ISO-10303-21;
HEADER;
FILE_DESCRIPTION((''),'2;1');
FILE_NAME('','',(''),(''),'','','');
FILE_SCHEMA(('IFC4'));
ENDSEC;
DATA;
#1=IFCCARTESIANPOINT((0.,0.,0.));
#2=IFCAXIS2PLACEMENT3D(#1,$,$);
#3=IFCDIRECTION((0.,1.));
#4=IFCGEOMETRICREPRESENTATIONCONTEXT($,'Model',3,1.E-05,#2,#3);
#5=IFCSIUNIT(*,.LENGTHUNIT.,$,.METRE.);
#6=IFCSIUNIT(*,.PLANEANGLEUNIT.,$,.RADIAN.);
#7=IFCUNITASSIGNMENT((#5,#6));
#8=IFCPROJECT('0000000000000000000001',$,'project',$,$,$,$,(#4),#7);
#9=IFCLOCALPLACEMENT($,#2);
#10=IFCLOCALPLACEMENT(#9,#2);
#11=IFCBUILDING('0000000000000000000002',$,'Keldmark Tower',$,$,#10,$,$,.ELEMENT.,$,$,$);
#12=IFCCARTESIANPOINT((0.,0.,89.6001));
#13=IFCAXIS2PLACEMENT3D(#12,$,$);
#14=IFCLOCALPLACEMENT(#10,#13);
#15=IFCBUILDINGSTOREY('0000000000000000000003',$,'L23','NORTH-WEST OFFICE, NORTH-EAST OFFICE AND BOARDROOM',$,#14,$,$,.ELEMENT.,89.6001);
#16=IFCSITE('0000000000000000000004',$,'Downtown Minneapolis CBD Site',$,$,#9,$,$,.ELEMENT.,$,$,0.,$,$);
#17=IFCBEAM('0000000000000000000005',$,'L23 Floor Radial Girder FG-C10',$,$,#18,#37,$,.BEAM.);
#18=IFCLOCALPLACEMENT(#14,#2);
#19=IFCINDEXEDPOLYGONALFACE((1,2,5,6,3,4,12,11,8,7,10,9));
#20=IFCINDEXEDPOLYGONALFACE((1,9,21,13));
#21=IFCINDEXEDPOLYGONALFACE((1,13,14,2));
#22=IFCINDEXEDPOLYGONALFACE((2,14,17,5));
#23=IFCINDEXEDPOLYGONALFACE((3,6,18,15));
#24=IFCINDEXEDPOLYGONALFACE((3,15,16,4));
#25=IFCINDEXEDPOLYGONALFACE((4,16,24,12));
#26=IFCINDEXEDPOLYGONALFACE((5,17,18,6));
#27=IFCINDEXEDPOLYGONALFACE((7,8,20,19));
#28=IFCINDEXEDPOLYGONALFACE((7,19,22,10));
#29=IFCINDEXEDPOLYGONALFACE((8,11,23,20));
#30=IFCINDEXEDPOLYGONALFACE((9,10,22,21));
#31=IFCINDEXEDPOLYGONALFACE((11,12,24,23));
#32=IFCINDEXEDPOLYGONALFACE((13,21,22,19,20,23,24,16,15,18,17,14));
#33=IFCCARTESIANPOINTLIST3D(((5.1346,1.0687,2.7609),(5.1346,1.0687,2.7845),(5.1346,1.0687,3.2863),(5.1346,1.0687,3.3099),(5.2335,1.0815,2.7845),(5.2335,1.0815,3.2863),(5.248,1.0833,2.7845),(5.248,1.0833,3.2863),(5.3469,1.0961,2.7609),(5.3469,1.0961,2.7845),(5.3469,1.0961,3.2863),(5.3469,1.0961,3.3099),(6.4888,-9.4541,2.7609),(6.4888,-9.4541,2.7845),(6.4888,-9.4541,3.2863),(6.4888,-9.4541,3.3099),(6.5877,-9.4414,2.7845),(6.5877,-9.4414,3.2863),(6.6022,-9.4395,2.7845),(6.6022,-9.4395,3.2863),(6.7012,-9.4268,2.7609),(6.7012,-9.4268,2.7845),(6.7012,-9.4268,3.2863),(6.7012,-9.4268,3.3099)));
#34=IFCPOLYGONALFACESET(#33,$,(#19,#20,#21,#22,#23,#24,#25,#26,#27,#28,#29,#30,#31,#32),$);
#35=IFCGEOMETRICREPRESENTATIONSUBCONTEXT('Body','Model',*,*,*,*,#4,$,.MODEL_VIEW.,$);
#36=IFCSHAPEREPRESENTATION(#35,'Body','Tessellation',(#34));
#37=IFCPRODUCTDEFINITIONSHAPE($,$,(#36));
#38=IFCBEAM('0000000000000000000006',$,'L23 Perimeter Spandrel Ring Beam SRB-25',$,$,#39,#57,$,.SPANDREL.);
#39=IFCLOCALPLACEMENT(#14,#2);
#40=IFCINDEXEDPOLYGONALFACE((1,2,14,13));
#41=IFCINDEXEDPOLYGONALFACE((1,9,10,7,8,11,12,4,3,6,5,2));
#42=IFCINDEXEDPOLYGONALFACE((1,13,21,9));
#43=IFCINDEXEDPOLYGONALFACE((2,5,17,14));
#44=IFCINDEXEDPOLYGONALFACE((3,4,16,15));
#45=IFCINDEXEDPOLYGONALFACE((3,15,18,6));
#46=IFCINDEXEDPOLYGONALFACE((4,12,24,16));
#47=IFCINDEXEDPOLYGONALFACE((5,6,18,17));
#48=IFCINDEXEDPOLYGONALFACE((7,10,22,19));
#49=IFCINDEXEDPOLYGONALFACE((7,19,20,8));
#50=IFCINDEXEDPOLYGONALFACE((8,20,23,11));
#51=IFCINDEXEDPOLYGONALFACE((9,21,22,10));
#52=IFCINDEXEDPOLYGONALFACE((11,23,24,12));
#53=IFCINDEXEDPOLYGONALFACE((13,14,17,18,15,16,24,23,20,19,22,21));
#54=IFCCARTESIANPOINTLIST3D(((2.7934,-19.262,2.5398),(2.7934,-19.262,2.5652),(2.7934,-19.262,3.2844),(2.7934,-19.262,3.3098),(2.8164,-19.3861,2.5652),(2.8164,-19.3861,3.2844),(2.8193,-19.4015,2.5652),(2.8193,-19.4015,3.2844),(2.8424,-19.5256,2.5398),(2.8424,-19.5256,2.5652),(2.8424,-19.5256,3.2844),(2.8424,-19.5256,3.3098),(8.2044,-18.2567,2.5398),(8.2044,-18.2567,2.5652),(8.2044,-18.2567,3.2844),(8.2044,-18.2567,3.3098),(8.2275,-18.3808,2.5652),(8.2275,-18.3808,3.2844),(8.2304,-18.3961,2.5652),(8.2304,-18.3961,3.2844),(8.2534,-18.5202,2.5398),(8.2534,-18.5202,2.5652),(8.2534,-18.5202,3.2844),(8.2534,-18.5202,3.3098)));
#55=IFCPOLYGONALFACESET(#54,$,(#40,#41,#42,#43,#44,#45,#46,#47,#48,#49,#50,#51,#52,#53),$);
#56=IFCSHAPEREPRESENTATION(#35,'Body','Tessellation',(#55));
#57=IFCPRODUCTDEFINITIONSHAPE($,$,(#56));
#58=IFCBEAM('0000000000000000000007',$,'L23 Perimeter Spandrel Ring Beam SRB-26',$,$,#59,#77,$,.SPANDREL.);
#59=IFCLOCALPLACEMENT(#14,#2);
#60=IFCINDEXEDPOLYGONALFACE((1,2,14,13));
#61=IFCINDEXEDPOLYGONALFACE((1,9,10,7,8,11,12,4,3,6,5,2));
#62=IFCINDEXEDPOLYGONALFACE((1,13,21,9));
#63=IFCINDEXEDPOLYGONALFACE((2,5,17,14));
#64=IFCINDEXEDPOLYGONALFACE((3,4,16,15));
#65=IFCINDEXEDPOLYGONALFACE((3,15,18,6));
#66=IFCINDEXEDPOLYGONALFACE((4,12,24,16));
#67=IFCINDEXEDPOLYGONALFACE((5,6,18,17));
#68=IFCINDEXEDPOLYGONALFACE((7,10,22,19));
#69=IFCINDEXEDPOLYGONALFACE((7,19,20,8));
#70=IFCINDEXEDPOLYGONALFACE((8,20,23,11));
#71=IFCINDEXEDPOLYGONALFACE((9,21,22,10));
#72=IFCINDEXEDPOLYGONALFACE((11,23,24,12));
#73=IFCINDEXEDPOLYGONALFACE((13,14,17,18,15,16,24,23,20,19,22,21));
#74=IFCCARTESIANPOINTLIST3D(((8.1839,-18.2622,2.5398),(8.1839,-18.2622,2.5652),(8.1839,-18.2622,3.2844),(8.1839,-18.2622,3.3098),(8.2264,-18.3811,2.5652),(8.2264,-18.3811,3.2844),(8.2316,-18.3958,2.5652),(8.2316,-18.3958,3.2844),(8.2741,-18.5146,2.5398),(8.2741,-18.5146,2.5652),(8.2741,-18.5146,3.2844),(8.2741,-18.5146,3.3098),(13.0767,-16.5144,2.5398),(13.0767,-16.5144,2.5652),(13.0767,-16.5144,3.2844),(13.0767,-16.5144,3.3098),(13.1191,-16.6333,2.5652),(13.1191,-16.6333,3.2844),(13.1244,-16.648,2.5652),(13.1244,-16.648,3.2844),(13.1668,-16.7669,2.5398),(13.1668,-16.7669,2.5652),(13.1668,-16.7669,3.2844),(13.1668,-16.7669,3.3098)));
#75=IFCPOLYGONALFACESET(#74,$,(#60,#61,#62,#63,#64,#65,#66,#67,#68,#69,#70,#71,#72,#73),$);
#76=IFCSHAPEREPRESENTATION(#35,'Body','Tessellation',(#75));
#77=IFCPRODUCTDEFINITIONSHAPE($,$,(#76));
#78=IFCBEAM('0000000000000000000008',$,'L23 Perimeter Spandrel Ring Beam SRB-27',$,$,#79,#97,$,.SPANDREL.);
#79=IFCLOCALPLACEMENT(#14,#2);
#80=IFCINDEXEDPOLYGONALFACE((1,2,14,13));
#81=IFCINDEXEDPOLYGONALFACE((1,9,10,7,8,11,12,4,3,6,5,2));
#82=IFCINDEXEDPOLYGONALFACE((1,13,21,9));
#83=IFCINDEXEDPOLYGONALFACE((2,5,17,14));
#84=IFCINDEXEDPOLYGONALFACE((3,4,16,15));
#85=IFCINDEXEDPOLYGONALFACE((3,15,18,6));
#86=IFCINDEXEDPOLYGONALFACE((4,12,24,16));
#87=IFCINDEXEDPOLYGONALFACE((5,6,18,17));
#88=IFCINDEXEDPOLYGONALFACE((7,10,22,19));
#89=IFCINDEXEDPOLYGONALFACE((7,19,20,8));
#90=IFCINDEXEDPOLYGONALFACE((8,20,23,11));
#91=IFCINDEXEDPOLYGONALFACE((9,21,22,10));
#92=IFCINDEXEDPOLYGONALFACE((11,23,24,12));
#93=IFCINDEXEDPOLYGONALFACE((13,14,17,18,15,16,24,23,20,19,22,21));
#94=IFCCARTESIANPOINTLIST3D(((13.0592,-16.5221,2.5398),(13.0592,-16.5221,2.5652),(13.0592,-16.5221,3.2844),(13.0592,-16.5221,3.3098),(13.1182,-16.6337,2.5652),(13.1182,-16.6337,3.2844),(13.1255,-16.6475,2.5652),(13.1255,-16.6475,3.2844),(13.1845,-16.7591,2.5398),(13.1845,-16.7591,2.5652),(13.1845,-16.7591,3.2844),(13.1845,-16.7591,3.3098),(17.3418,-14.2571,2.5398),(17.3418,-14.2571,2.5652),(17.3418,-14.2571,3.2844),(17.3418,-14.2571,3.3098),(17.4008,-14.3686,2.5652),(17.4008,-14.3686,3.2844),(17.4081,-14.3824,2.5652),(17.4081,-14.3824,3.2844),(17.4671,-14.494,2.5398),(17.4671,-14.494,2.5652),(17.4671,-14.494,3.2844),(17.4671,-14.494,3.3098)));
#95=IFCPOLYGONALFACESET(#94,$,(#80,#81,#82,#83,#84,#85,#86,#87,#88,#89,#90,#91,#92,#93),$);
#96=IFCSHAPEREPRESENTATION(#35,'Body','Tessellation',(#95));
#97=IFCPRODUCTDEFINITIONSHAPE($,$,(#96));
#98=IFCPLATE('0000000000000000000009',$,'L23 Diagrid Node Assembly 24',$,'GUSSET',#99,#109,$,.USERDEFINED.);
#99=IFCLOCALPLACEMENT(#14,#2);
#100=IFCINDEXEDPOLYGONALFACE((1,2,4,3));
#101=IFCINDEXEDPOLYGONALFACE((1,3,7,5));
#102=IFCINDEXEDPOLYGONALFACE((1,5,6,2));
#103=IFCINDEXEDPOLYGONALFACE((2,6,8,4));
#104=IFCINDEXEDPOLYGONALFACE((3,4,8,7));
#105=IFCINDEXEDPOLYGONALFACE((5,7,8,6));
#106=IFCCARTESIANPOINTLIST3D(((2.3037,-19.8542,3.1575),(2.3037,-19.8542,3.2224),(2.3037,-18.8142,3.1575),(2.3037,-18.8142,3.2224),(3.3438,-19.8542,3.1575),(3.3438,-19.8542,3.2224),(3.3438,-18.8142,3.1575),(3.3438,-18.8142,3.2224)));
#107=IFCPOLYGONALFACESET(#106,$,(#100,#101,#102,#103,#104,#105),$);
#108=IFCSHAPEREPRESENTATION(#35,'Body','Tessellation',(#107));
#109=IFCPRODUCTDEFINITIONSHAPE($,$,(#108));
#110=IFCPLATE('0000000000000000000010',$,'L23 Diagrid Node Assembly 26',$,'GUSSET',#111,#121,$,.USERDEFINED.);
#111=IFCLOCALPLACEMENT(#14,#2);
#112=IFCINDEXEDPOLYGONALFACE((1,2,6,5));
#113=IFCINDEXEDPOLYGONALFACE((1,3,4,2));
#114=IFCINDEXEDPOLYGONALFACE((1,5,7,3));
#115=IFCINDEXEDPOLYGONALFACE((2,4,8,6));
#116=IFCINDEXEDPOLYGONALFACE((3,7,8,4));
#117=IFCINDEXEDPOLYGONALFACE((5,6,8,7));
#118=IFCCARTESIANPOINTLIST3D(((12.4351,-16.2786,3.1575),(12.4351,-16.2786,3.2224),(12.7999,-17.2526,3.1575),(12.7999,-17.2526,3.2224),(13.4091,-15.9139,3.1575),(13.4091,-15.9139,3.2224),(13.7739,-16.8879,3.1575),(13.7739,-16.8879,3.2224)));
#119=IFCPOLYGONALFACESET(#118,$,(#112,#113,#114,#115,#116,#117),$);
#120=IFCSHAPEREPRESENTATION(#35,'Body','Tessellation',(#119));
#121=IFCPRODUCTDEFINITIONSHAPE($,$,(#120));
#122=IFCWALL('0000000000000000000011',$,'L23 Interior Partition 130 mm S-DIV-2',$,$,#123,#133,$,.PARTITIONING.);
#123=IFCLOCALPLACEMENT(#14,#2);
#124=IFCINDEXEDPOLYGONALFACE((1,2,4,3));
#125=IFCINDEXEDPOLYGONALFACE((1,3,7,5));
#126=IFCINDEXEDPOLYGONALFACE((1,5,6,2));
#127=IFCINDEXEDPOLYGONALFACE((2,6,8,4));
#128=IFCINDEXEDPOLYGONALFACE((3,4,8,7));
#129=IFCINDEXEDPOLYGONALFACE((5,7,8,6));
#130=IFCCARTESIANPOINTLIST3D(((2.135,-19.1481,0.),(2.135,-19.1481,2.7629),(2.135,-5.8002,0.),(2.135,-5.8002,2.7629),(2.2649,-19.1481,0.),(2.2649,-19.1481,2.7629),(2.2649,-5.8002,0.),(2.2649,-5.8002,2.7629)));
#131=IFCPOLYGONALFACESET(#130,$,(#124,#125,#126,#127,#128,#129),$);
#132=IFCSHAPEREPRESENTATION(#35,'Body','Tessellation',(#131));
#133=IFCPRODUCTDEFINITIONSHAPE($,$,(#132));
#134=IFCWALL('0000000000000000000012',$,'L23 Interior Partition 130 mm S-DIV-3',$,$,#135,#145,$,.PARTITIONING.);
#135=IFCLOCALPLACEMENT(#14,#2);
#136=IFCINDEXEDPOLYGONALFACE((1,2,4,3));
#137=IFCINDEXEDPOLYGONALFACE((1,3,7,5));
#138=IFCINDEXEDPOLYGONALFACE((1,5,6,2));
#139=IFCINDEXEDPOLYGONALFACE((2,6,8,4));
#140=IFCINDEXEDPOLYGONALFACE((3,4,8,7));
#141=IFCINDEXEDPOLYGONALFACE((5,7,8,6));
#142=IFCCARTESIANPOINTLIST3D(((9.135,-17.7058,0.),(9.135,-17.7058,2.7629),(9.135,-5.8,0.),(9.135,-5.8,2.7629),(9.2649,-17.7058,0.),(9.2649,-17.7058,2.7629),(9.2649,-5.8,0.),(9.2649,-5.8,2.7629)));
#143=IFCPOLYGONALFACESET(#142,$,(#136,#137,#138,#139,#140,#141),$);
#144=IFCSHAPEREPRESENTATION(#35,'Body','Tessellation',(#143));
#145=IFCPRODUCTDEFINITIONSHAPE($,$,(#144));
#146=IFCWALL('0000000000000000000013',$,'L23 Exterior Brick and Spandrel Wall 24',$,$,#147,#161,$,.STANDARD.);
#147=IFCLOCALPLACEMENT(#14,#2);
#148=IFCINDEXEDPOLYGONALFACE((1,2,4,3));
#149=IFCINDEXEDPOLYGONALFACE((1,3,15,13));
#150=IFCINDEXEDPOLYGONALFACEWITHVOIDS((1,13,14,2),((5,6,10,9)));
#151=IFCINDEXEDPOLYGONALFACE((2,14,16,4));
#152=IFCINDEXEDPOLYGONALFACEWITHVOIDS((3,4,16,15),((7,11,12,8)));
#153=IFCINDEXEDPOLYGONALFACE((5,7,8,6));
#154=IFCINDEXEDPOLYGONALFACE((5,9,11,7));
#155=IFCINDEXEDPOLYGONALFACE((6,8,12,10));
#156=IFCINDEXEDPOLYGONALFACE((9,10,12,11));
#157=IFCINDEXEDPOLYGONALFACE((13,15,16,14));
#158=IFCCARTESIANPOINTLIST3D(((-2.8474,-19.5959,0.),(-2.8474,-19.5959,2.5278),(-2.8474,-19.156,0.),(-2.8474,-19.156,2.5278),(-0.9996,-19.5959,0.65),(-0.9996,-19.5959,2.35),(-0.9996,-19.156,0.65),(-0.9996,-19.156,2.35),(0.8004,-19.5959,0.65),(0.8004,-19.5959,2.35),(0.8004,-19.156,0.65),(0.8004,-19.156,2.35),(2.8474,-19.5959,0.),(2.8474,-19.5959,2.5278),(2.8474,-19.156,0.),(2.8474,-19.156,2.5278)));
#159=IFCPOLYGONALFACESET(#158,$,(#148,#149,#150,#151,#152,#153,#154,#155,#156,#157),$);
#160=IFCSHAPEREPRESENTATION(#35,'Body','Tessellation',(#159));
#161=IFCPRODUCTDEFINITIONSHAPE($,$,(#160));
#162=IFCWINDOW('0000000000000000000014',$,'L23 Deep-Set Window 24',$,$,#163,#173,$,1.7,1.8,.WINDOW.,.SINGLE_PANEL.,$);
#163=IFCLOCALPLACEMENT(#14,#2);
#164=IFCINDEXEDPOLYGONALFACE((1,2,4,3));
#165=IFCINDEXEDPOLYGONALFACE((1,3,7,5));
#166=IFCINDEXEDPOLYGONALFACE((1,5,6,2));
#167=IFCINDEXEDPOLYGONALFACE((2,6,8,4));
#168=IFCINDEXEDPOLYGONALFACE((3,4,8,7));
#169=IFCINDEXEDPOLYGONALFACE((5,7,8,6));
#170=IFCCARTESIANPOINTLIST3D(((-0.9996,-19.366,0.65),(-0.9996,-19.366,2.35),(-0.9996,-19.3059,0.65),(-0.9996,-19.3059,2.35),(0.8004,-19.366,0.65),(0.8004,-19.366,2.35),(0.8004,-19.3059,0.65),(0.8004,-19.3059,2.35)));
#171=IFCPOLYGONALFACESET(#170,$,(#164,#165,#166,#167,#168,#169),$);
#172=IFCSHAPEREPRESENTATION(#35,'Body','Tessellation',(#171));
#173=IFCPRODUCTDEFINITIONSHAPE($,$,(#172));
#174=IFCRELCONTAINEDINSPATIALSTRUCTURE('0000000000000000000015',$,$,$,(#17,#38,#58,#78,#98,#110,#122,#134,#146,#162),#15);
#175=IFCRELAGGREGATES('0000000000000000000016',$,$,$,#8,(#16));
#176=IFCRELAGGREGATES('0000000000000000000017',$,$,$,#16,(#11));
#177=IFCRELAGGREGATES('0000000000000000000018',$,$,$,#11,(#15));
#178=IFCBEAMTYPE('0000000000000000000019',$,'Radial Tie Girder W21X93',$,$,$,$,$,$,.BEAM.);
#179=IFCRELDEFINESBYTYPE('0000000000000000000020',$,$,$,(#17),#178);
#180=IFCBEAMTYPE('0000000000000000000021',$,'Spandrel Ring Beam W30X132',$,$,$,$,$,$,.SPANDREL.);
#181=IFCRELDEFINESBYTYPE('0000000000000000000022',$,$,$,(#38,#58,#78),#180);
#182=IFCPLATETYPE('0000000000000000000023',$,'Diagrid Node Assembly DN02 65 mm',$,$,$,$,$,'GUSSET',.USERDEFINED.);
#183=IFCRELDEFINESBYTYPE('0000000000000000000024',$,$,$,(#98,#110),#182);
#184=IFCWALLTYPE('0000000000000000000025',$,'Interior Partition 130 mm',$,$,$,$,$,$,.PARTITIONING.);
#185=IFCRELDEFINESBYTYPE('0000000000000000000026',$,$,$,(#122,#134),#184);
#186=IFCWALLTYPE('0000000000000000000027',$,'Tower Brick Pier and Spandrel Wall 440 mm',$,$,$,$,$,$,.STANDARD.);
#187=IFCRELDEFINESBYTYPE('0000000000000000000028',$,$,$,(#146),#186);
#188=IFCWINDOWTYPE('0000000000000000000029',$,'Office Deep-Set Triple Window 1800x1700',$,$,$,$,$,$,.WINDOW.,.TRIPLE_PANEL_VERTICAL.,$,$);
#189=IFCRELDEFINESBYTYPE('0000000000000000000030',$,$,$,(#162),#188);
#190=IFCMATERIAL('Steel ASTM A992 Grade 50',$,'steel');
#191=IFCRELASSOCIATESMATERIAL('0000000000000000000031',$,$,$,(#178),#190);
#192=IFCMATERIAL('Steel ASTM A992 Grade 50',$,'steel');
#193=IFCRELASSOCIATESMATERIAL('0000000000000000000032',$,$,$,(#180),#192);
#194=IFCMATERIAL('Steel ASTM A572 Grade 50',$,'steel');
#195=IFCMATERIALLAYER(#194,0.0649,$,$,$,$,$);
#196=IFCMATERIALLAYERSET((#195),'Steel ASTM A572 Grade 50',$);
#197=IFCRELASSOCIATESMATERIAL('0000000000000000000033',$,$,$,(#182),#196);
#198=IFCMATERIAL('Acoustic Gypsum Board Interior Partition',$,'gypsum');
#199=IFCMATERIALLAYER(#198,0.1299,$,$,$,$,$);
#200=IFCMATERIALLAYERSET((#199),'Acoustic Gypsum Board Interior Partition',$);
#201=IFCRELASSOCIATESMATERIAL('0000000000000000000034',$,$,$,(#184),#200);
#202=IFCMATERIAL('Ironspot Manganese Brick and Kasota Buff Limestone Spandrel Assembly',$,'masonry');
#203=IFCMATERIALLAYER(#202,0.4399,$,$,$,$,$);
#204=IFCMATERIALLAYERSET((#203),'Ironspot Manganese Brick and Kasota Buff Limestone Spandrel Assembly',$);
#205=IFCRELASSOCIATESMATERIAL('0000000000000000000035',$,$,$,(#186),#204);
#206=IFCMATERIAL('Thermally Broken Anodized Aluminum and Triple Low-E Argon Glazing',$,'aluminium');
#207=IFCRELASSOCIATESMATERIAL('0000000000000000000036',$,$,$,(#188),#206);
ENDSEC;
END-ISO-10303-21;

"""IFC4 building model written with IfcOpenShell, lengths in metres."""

from ifc_helpers import new_model, si_unit, direction, frame, frame_2d, origin, origin_2d, place, context, subcontext, project, spatial, rectangle, i_section, extrude, material, layer, layer_set, material_profile, profile_set, type_object, element, fill, save


model = new_model("IFC4")

# Units and contexts
model_context = context("Model", 3, precision=1e-05, world=origin(), true_north=direction((0.0, 1.0)))
body_context = subcontext(model_context, "Body", "Model", "MODEL_VIEW")
ifc_project = project(units=[si_unit("LENGTHUNIT", "METRE"), si_unit("PLANEANGLEUNIT", "RADIAN")], contexts=[model_context])

# Site, building, storey
site_placement = place(None, origin())
site = spatial("IfcSite", under=ifc_project, at=site_placement, Name="Downtown Minneapolis CBD Site", CompositionType="ELEMENT", RefElevation=0.0)
building_placement = place(site_placement, origin())
building = spatial("IfcBuilding", under=site, at=building_placement, Name="Keldmark Tower", CompositionType="ELEMENT")
storey_placement = place(building_placement, frame((0.0, 0.0, 89.6001)))
storey = spatial("IfcBuildingStorey", under=building, at=storey_placement, Name="L23", Description="NORTH-WEST OFFICE, NORTH-EAST OFFICE AND BOARDROOM", CompositionType="ELEMENT", Elevation=89.6001)

# Beams
ifc_material_1 = material(Name="Steel ASTM A992 Grade 50", Category="steel")
ifc_material_profile_1 = material_profile(ifc_material_1, i_section(OverallWidth=0.2141, OverallDepth=0.5491, WebThickness=0.0146, FlangeThickness=0.0237, at=origin_2d()), Name="W21X93")
ifc_profile_set_1 = profile_set([ifc_material_profile_1], Name="Steel ASTM A992 Grade 50")
beam_type_1 = type_object("IfcBeamType", Name="Radial Tie Girder W21X93", PredefinedType="BEAM", material=ifc_profile_set_1)
beam_1_placement = place(storey_placement, frame((6.595, -9.4404, 3.0354), z_axis=(-0.127642, 0.99182, 0.0), x_axis=(-0.99182, -0.127642, 0.0)))
element("IfcBeam", 1, at=beam_1_placement, inside=storey, type_object=beam_type_1, Name="L23 Floor Radial Girder FG-C10", PredefinedType="BEAM", context=body_context, shape_type="SweptSolid", body=[
    extrude(i_section(OverallWidth=0.2141, OverallDepth=0.5491, WebThickness=0.0146, FlangeThickness=0.0237, at=origin_2d()), origin(), (0.0, 0.0, 1.0), 10.6096),
])
ifc_material_2 = material(Name="Steel ASTM A992 Grade 50", Category="steel")
ifc_material_profile_2 = material_profile(ifc_material_2, i_section(OverallWidth=0.2681, OverallDepth=0.77, WebThickness=0.0156, FlangeThickness=0.0254, at=origin_2d()), Name="W30X132")
ifc_profile_set_2 = profile_set([ifc_material_profile_2], Name="Steel ASTM A992 Grade 50")
beam_type_2 = type_object("IfcBeamType", Name="Spandrel Ring Beam W30X132", PredefinedType="SPANDREL", material=ifc_profile_set_2)
beam_2_placement = place(storey_placement, frame((2.8179, -19.3938, 2.9248), z_axis=(0.983174, 0.182671, 0.0), x_axis=(-0.182671, 0.983174, 0.0)))
element("IfcBeam", 2, at=beam_2_placement, inside=storey, type_object=beam_type_2, Name="L23 Perimeter Spandrel Ring Beam SRB-25", PredefinedType="SPANDREL", context=body_context, shape_type="SweptSolid", body=[
    extrude(i_section(OverallWidth=0.2681, OverallDepth=0.77, WebThickness=0.0156, FlangeThickness=0.0254, at=origin_2d()), origin(), (0.0, 0.0, 1.0), 5.5037),
])
beam_3_placement = place(storey_placement, frame((8.229, -18.3884, 2.9248), z_axis=(0.94172, 0.336399, 0.0), x_axis=(-0.336399, 0.94172, 0.0)))
element("IfcBeam", 3, at=beam_3_placement, inside=storey, type_object=beam_type_2, Name="L23 Perimeter Spandrel Ring Beam SRB-26", PredefinedType="SPANDREL", context=body_context, shape_type="SweptSolid", body=[
    extrude(i_section(OverallWidth=0.2681, OverallDepth=0.77, WebThickness=0.0156, FlangeThickness=0.0254, at=origin_2d()), origin(), (0.0, 0.0, 1.0), 5.1956),
])
beam_4_placement = place(storey_placement, frame((13.1218, -16.6406, 2.9248), z_axis=(0.883974, 0.467536, 0.0), x_axis=(-0.467536, 0.883974, 0.0)))
element("IfcBeam", 4, at=beam_4_placement, inside=storey, type_object=beam_type_2, Name="L23 Perimeter Spandrel Ring Beam SRB-27", PredefinedType="SPANDREL", context=body_context, shape_type="SweptSolid", body=[
    extrude(i_section(OverallWidth=0.2681, OverallDepth=0.77, WebThickness=0.0156, FlangeThickness=0.0254, at=origin_2d()), origin(), (0.0, 0.0, 1.0), 4.8447),
])

# Plates
ifc_material_3 = material(Name="Steel ASTM A572 Grade 50", Category="steel")
ifc_layer_1 = layer(ifc_material_3, 0.0649)
ifc_layer_set_1 = layer_set([ifc_layer_1], Name="Steel ASTM A572 Grade 50")
plate_type = type_object("IfcPlateType", Name="Diagrid Node Assembly DN02 65 mm", ElementType="GUSSET", PredefinedType="USERDEFINED", material=ifc_layer_set_1)
for number, where, z_axis, x_axis, name in (
    (5, (2.8237, -19.3342, 3.1575), (0.0, 0.0, 1.0), (1.0, 0.0, 0.0), "L23 Diagrid Node Assembly 24"),
    (6, (13.1045, -16.5833, 3.1575), (0.0, 0.0, 1.0), (0.936489, 0.350698, 0.0), "L23 Diagrid Node Assembly 26"),
):
    element("IfcPlate", number, at=place(storey_placement, frame(where, z_axis=z_axis, x_axis=x_axis)), inside=storey, type_object=plate_type, Name=name, ObjectType="GUSSET", PredefinedType="USERDEFINED", context=body_context, shape_type="SweptSolid", body=[
        extrude(rectangle(XDim=1.04, YDim=1.04, at=origin_2d()), origin(), (0.0, 0.0, 1.0), 0.0649),
    ])

# Walls
ifc_material_4 = material(Name="Acoustic Gypsum Board Interior Partition", Category="gypsum")
ifc_layer_2 = layer(ifc_material_4, 0.1299)
ifc_layer_set_2 = layer_set([ifc_layer_2], Name="Acoustic Gypsum Board Interior Partition")
wall_type_1 = type_object("IfcWallType", Name="Interior Partition 130 mm", PredefinedType="PARTITIONING", material=ifc_layer_set_2)
wall_1_placement = place(storey_placement, frame((2.2, -19.1479, 0.0), z_axis=(0.0, 0.0, 1.0), x_axis=(0.0, 1.0, 0.0)))
element("IfcWall", 7, at=wall_1_placement, inside=storey, type_object=wall_type_1, Name="L23 Interior Partition 130 mm S-DIV-2", PredefinedType="PARTITIONING", context=body_context, shape_type="SweptSolid", body=[
    extrude(rectangle(XDim=13.3479, YDim=0.1299, at=frame_2d((6.6738, 0.0))), origin(), (0.0, 0.0, 1.0), 2.7629),
])
wall_2_placement = place(storey_placement, frame((9.2, -17.7058, 0.0), z_axis=(0.0, 0.0, 1.0), x_axis=(0.0, 1.0, 0.0)))
element("IfcWall", 8, at=wall_2_placement, inside=storey, type_object=wall_type_1, Name="L23 Interior Partition 130 mm S-DIV-3", PredefinedType="PARTITIONING", context=body_context, shape_type="SweptSolid", body=[
    extrude(rectangle(XDim=11.9058, YDim=0.1299, at=frame_2d((5.9529, 0.0))), origin(), (0.0, 0.0, 1.0), 2.7629),
])

# Wall, opening, window
ifc_material_5 = material(Name="Ironspot Manganese Brick and Kasota Buff Limestone Spandrel Assembly", Category="masonry")
ifc_layer_3 = layer(ifc_material_5, 0.4399)
ifc_layer_set_3 = layer_set([ifc_layer_3], Name="Ironspot Manganese Brick and Kasota Buff Limestone Spandrel Assembly")
wall_type_2 = type_object("IfcWallType", Name="Tower Brick Pier and Spandrel Wall 440 mm", PredefinedType="STANDARD", material=ifc_layer_set_3)
wall_3_placement = place(storey_placement, frame((2.8474, -19.376, 0.0), z_axis=(0.0, 0.0, 1.0), x_axis=(-1.0, 0.0, 0.0)))
wall_3 = element("IfcWall", 9, at=wall_3_placement, inside=storey, type_object=wall_type_2, Name="L23 Exterior Brick and Spandrel Wall 24", PredefinedType="STANDARD", context=body_context, shape_type="SweptSolid", body=[
    extrude(rectangle(XDim=5.6948, YDim=0.4399, at=frame_2d((2.8474, 0.0))), origin(), (0.0, 0.0, 1.0), 2.5278),
])
opening_1_placement = place(wall_3_placement, frame((2.0471, 0.0, 0.6499)))
opening_1 = element("IfcOpeningElement", 10, at=opening_1_placement, cuts=wall_3, PredefinedType="OPENING", context=body_context, shape_type="SweptSolid", body=[
    extrude(rectangle(XDim=1.8, YDim=1.7, at=frame_2d((0.8999, 0.8501))), frame((0.0, 0.23, 0.0), z_axis=(0.0, -1.0, 0.0), x_axis=(1.0, 0.0, 0.0)), (0.0, 0.0, 1.0), 0.46),
])
ifc_material_6 = material(Name="Thermally Broken Anodized Aluminum and Triple Low-E Argon Glazing", Category="aluminium")
window_type = type_object("IfcWindowType", Name="Office Deep-Set Triple Window 1800x1700", PartitioningType="TRIPLE_PANEL_VERTICAL", PredefinedType="WINDOW", material=ifc_material_6)
window_1_placement = place(opening_1_placement, origin())
window_1 = element("IfcWindow", 11, at=window_1_placement, inside=storey, type_object=window_type, Name="L23 Deep-Set Window 24", OverallHeight=1.7, OverallWidth=1.8, PartitioningType="SINGLE_PANEL", PredefinedType="WINDOW", context=body_context, shape_type="SweptSolid", body=[
    extrude(rectangle(XDim=1.8, YDim=1.7, at=frame_2d((0.8999, 0.8501))), frame((0.0, -0.01, 0.0), z_axis=(0.0, -1.0, 0.0), x_axis=(1.0, 0.0, 0.0)), (0.0, 0.0, 1.0), 0.0601),
])
fill(opening_1, window_1)

save(model, "model.ifc")
